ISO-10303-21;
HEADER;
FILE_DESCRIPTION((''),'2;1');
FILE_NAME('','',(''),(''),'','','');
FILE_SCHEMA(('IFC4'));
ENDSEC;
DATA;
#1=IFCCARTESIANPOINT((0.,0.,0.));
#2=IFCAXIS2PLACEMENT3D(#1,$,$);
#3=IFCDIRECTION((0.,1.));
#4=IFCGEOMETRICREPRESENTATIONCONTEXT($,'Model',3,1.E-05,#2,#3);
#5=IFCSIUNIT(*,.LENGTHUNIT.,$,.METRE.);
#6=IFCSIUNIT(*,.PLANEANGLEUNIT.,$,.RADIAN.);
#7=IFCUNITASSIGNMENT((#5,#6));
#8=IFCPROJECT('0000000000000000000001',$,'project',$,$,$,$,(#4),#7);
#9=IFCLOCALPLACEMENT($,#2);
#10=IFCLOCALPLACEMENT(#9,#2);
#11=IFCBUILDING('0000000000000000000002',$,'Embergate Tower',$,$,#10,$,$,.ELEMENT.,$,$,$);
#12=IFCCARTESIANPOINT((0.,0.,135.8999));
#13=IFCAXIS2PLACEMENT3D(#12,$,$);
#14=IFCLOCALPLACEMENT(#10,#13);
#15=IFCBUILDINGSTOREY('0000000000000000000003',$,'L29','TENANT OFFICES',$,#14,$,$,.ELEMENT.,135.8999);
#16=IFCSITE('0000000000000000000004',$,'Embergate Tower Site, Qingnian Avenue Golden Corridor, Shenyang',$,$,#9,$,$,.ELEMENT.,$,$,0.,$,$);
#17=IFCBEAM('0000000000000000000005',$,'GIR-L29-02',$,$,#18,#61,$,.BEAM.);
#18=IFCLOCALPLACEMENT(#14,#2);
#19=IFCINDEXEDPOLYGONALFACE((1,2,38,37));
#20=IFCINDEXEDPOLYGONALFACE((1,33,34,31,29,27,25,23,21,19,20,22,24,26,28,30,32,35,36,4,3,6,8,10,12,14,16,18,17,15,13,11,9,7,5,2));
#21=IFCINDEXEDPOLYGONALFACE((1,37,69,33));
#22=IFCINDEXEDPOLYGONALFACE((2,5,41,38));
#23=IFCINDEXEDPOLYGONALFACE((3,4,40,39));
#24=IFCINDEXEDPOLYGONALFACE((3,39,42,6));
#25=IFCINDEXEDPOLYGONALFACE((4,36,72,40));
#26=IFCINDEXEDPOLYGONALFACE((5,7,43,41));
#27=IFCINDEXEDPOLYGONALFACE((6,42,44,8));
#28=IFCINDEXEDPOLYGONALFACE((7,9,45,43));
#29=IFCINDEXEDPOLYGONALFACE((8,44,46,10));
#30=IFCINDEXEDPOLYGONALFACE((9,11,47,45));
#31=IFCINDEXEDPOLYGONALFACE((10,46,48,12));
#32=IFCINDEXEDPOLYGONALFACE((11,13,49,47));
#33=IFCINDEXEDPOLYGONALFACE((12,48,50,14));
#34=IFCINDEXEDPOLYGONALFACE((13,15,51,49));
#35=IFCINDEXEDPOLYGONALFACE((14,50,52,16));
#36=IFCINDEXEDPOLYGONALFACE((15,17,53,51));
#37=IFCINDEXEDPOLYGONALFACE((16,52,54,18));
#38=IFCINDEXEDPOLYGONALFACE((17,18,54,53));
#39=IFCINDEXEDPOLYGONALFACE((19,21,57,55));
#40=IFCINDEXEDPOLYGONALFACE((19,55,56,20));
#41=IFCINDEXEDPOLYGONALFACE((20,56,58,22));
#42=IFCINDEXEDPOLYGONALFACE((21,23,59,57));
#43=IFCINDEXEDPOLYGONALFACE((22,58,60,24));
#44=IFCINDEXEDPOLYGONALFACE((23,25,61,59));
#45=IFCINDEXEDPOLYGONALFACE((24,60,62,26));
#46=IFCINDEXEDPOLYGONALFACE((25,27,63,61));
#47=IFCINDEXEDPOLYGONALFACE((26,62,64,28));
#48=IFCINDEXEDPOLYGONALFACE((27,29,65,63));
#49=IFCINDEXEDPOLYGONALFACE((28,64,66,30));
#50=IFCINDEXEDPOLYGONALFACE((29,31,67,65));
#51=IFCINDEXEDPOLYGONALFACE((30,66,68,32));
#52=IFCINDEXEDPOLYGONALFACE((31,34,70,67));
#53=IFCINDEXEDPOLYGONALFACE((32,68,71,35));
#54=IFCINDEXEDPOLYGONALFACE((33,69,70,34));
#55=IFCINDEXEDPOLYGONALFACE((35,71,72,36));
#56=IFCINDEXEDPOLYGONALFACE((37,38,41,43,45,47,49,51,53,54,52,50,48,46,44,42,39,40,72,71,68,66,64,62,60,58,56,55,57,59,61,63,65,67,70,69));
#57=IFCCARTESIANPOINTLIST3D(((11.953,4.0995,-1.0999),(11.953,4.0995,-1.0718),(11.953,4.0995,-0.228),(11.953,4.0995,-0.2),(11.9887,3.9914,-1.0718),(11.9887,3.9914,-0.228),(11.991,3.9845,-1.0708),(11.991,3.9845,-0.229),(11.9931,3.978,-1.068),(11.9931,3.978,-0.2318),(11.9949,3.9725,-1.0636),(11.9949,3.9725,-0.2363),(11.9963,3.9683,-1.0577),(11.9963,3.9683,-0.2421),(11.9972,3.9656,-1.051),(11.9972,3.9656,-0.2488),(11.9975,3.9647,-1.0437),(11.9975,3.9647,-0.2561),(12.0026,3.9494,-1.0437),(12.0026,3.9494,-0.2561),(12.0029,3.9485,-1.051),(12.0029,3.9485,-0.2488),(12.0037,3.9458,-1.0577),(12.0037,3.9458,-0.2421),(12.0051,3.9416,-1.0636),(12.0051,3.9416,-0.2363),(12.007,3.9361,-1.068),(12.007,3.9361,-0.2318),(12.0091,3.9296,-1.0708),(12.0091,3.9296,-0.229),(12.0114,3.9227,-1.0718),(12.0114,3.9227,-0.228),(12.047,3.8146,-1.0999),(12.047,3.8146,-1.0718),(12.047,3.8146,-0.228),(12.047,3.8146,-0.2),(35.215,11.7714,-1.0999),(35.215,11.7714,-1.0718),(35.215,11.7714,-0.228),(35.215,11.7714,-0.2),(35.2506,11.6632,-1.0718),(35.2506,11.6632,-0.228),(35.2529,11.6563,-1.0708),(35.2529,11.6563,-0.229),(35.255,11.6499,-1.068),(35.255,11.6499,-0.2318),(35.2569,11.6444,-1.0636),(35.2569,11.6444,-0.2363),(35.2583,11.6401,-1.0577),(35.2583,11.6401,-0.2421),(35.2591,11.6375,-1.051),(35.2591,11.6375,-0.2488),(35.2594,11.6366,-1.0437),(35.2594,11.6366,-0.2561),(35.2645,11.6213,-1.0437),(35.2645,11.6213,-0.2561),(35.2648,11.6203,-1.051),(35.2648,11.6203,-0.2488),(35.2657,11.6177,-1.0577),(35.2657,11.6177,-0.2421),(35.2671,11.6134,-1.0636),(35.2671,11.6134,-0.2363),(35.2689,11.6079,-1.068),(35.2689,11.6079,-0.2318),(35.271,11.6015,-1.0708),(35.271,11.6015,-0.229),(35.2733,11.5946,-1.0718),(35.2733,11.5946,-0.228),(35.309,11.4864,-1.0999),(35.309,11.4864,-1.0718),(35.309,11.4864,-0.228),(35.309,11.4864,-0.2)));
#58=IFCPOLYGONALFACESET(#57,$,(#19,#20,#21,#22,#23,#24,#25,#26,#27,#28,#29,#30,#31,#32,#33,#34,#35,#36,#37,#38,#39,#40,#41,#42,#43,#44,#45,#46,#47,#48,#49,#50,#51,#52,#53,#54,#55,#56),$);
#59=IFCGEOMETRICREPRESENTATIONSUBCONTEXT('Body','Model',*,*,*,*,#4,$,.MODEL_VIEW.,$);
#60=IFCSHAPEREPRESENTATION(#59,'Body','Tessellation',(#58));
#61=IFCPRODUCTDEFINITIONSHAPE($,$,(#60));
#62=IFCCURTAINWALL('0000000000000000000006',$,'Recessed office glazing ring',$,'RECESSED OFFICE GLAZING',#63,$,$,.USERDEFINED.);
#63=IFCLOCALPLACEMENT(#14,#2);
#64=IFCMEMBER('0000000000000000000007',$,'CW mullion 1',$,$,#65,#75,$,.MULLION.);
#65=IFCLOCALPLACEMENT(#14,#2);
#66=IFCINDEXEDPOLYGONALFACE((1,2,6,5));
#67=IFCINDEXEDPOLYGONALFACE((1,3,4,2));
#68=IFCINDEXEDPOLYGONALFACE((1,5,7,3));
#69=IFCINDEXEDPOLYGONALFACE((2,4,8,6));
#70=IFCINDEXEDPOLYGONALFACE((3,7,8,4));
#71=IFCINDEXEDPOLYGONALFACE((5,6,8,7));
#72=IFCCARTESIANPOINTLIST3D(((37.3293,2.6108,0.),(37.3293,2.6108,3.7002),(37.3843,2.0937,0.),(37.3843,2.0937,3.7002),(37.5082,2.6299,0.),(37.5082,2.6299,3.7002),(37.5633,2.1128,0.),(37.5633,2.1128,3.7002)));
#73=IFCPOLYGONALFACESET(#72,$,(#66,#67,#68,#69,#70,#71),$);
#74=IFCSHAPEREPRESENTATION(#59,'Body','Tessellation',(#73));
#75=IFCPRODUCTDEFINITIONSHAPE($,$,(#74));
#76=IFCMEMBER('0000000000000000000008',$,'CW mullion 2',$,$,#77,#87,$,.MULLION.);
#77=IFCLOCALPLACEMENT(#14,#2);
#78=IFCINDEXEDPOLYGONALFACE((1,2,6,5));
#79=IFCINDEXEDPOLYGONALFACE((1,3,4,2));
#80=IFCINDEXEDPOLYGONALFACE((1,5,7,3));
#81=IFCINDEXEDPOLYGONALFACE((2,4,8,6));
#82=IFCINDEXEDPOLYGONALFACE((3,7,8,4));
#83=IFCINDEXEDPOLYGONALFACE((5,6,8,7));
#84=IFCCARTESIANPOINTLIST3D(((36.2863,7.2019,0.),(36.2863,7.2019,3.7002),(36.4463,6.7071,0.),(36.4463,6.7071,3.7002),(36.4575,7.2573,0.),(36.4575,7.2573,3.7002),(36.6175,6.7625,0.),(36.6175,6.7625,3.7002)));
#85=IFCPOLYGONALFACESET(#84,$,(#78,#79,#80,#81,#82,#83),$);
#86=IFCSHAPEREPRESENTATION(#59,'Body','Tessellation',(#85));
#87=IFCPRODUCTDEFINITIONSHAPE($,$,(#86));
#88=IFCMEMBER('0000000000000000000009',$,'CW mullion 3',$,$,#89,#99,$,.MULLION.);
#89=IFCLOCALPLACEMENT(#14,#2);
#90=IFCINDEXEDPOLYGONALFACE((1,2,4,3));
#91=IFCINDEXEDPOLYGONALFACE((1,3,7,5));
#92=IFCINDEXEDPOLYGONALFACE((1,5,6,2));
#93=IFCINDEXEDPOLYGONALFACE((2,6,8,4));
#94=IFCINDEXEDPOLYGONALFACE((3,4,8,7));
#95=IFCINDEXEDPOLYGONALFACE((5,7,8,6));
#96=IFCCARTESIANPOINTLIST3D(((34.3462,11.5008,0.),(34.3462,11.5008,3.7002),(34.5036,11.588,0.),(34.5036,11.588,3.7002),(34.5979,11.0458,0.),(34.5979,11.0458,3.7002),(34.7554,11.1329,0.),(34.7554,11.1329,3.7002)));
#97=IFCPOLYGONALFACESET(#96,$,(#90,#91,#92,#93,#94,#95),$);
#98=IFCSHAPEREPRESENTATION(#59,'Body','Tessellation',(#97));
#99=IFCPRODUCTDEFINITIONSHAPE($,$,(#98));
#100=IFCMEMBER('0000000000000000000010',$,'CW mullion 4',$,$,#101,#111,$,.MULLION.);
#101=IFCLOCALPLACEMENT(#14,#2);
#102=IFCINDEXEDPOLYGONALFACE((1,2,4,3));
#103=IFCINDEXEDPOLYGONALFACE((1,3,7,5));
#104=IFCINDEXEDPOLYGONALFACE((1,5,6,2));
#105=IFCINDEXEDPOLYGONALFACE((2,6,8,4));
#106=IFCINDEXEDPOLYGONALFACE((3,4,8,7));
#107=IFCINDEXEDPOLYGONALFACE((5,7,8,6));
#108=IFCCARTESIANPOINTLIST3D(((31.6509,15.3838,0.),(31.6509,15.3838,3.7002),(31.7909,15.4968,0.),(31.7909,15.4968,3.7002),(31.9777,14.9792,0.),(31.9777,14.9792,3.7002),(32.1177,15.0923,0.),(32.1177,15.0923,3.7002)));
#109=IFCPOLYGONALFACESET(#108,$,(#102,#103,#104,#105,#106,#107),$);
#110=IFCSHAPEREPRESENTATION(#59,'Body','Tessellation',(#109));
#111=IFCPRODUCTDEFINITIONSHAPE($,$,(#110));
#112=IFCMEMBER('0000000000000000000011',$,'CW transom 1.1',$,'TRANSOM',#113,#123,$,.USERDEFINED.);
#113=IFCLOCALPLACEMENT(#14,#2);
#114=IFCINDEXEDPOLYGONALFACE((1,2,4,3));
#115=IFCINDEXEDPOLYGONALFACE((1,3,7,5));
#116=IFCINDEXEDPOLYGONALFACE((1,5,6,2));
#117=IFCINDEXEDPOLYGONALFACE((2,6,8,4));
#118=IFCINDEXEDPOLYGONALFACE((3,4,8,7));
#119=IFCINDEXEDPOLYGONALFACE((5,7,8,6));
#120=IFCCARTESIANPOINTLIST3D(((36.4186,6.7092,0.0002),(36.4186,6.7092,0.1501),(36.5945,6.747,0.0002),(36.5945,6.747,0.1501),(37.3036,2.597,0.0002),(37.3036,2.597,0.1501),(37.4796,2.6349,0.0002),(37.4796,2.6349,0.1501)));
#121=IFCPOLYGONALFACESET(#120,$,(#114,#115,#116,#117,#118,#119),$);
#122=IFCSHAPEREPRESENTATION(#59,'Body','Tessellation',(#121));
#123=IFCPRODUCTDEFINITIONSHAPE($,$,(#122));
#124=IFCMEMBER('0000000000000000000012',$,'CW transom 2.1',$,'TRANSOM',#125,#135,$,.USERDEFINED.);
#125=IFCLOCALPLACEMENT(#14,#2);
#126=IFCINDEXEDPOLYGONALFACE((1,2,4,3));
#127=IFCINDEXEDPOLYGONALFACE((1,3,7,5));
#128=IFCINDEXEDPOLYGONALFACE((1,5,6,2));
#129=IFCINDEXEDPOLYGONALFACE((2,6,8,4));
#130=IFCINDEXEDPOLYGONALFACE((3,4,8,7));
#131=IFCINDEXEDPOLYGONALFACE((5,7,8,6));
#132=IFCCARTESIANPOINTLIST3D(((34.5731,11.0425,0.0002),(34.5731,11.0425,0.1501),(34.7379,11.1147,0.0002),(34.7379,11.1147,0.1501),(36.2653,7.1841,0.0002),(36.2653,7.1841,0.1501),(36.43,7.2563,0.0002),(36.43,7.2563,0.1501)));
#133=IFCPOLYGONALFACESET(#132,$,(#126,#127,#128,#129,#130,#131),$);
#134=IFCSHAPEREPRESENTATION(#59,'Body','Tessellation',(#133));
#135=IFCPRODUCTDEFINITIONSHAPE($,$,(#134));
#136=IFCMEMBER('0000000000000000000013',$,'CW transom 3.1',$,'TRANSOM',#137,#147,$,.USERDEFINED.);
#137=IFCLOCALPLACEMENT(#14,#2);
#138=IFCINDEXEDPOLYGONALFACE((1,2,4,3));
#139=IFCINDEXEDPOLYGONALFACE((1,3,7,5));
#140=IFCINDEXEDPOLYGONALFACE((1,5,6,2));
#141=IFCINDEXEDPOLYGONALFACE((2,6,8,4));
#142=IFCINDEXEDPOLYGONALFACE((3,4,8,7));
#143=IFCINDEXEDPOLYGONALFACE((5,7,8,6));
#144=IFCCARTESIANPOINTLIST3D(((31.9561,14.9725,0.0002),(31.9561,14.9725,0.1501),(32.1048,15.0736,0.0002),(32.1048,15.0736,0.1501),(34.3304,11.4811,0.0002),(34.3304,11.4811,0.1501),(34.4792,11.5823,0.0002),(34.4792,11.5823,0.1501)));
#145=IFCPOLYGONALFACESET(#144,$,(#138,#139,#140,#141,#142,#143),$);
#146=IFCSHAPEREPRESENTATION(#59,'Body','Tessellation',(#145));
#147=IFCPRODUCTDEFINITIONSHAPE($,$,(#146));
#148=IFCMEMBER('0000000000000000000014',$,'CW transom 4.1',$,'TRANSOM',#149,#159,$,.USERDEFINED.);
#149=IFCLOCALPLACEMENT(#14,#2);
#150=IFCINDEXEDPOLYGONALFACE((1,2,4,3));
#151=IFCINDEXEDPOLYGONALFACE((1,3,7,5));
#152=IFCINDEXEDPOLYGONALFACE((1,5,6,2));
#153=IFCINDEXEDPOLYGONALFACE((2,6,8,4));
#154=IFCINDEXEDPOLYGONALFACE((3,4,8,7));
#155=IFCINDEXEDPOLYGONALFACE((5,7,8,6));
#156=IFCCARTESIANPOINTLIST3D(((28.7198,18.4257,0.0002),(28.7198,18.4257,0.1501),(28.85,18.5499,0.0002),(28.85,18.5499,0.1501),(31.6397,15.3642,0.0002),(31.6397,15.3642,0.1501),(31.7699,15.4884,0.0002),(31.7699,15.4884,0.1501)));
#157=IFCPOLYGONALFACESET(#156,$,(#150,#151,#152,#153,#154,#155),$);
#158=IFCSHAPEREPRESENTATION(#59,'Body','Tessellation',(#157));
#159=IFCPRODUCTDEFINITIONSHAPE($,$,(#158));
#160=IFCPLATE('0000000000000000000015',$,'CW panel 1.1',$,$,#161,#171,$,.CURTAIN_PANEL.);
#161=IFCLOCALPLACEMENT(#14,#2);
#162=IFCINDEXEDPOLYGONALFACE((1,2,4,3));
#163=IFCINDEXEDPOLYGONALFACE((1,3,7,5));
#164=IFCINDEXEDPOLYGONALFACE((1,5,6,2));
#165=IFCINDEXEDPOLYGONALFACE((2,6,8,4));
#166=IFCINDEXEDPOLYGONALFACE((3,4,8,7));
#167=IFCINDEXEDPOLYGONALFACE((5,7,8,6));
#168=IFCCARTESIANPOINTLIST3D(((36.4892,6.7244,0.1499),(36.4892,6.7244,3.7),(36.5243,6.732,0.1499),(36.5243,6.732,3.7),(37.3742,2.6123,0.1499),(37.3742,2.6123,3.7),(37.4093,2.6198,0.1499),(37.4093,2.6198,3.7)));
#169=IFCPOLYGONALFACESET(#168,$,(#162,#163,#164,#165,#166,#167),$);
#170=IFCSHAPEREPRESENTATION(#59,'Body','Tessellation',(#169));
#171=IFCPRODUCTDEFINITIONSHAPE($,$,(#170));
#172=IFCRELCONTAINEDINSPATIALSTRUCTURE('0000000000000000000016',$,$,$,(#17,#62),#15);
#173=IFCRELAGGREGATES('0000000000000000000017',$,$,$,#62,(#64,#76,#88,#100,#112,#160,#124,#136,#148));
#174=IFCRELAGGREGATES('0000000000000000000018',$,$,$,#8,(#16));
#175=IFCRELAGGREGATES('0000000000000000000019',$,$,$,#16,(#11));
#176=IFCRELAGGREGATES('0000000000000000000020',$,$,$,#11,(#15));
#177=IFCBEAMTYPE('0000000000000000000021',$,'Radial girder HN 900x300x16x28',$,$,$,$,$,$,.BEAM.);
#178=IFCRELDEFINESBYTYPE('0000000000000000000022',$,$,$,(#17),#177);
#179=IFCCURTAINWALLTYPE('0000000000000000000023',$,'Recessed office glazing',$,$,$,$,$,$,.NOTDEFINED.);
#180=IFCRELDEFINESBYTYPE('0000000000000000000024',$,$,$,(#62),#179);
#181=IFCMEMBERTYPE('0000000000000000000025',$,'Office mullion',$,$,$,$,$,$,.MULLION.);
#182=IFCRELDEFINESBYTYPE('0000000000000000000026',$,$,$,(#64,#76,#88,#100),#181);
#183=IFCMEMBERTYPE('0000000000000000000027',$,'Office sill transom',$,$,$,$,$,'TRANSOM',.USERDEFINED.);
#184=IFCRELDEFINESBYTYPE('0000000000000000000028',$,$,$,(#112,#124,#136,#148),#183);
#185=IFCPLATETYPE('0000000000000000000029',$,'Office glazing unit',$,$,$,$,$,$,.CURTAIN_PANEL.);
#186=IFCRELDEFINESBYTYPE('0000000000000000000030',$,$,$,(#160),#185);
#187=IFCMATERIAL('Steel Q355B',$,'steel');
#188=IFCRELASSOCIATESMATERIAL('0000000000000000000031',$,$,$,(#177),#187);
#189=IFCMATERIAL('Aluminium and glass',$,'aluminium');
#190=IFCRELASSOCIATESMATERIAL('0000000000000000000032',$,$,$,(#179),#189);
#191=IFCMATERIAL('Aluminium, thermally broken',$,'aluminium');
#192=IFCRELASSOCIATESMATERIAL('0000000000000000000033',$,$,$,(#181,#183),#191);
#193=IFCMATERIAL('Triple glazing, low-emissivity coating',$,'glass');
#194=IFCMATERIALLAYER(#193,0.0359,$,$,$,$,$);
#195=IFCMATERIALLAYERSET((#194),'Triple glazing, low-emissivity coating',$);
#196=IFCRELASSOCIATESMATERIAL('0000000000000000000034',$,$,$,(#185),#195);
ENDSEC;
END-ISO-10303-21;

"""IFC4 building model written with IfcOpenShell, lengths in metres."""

from ifc_helpers import new_model, si_unit, direction, frame, origin, origin_2d, place, context, subcontext, project, spatial, rectangle, i_section, extrude, source, transform, mapped, material, layer, layer_set, material_profile, profile_set, type_object, element, aggregate, save


model = new_model("IFC4")

# Units and contexts
model_context = context("Model", 3, precision=1e-05, world=origin(), true_north=direction((0.0, 1.0)))
body_context = subcontext(model_context, "Body", "Model", "MODEL_VIEW")
ifc_project = project(units=[si_unit("LENGTHUNIT", "METRE"), si_unit("PLANEANGLEUNIT", "RADIAN")], contexts=[model_context])

# Site, building, storey
site_placement = place(None, origin())
site = spatial("IfcSite", under=ifc_project, at=site_placement, Name="Embergate Tower Site, Qingnian Avenue Golden Corridor, Shenyang", CompositionType="ELEMENT", RefElevation=0.0)
building_placement = place(site_placement, origin())
building = spatial("IfcBuilding", under=site, at=building_placement, Name="Embergate Tower", CompositionType="ELEMENT")
storey_placement = place(building_placement, frame((0.0, 0.0, 135.8999)))
storey = spatial("IfcBuildingStorey", under=building, at=storey_placement, Name="L29", Description="TENANT OFFICES", CompositionType="ELEMENT", Elevation=135.8999)

# Beam
ifc_material_1 = material(Name="Steel Q355B", Category="steel")
ifc_material_profile_1 = material_profile(ifc_material_1, i_section(OverallWidth=0.3, OverallDepth=0.8999, WebThickness=0.0161, FlangeThickness=0.0281, FilletRadius=0.0281, at=origin_2d()), Name="HN 900x300x16x28")
ifc_profile_set_1 = profile_set([ifc_material_profile_1], Name="Steel Q355 grade B")
beam_type_1 = type_object("IfcBeamType", Name="Radial girder HN 900x300x16x28", PredefinedType="BEAM", material=ifc_profile_set_1)
shared_shape_1 = source(origin(), body_context, "Body", "SweptSolid", [
    extrude(i_section(OverallWidth=0.3, OverallDepth=0.8999, WebThickness=0.0161, FlangeThickness=0.0281, FilletRadius=0.0281, at=origin_2d()), origin(), (0.0, 0.0, 1.0), 24.4944),
])
beam_1_placement = place(storey_placement, frame((35.262, 11.6289, -0.6499), z_axis=(-0.949684, -0.313209, 0.0), x_axis=(0.313209, -0.949684, 0.0)))
element("IfcBeam", 1, at=beam_1_placement, inside=storey, type_object=beam_type_1, Name="GIR-L29-02", PredefinedType="BEAM", context=body_context, shape_type="MappedRepresentation", body=[
    mapped(shared_shape_1, transform((0.0, 0.0, 0.0))),
])

# Curtain wall, members, plate
ifc_material_2 = material(Name="Aluminium and glass", Category="aluminium")
curtain_wall_type = type_object("IfcCurtainWallType", Name="Recessed office glazing", PredefinedType="NOTDEFINED", material=ifc_material_2)
curtain_wall_placement = place(storey_placement, origin())
curtain_wall = element("IfcCurtainWall", 2, at=curtain_wall_placement, inside=storey, type_object=curtain_wall_type, Name="Recessed office glazing ring", ObjectType="RECESSED OFFICE GLAZING", PredefinedType="USERDEFINED")
ifc_material_3 = material(Name="Aluminium, thermally broken", Category="aluminium")
ifc_material_profile_2 = material_profile(ifc_material_3, rectangle(XDim=0.1799, YDim=0.52, at=origin_2d()), Name="AL 520x180")
ifc_profile_set_2 = profile_set([ifc_material_profile_2], Name="Aluminium, thermally broken")
member_type_1 = type_object("IfcMemberType", Name="Office mullion", PredefinedType="MULLION", material=ifc_profile_set_2)
shared_shape_2 = source(origin(), body_context, "Body", "SweptSolid", [
    extrude(rectangle(XDim=0.1799, YDim=0.52, at=origin_2d()), origin(), (0.0, 0.0, 1.0), 3.7002),
])
member_1_placement = place(storey_placement, frame((37.4463, 2.3618, 0.0), z_axis=(0.0, 0.0, 1.0), x_axis=(-0.994385, -0.105823, 0.0)))
member_1 = element("IfcMember", 3, at=member_1_placement, type_object=member_type_1, Name="CW mullion 1", PredefinedType="MULLION", context=body_context, shape_type="MappedRepresentation", body=[
    mapped(shared_shape_2, transform((0.0, 0.0, 0.0))),
])
member_2_placement = place(storey_placement, frame((36.4519, 6.9822, 0.0), z_axis=(0.0, 0.0, 1.0), x_axis=(-0.951498, -0.307656, 0.0)))
member_2 = element("IfcMember", 4, at=member_2_placement, type_object=member_type_1, Name="CW mullion 2", PredefinedType="MULLION", context=body_context, shape_type="MappedRepresentation", body=[
    mapped(shared_shape_2, transform((0.0, 0.0, 0.0))),
])
member_3_placement = place(storey_placement, frame((34.5508, 11.3169, 0.0), z_axis=(0.0, 0.0, 1.0), x_axis=(-0.875002, -0.484119, 0.0)))
member_3 = element("IfcMember", 5, at=member_3_placement, type_object=member_type_1, Name="CW mullion 3", PredefinedType="MULLION", context=body_context, shape_type="MappedRepresentation", body=[
    mapped(shared_shape_2, transform((0.0, 0.0, 0.0))),
])
member_4_placement = place(storey_placement, frame((31.8843, 15.238, 0.0), z_axis=(0.0, 0.0, 1.0), x_axis=(-0.777871, -0.628423, 0.0)))
member_4 = element("IfcMember", 6, at=member_4_placement, type_object=member_type_1, Name="CW mullion 4", PredefinedType="MULLION", context=body_context, shape_type="MappedRepresentation", body=[
    mapped(shared_shape_2, transform((0.0, 0.0, 0.0))),
])
ifc_material_profile_3 = material_profile(ifc_material_3, rectangle(XDim=0.1799, YDim=0.1499, at=origin_2d()), Name="AL 150x180")
ifc_profile_set_3 = profile_set([ifc_material_profile_3], Name="Aluminium, thermally broken")
member_type_2 = type_object("IfcMemberType", Name="Office sill transom", ElementType="TRANSOM", PredefinedType="USERDEFINED", material=ifc_profile_set_3)
shared_shape_3 = source(origin(), body_context, "Body", "SweptSolid", [
    extrude(rectangle(XDim=0.1799, YDim=0.1499, at=origin_2d()), origin(), (0.0, 0.0, 1.0), 4.2063),
])
member_5_placement = place(storey_placement, frame((37.3916, 2.616, 0.0752), z_axis=(-0.210405, 0.977614, 0.0), x_axis=(-0.977614, -0.210405, 0.0)))
member_5 = element("IfcMember", 7, at=member_5_placement, type_object=member_type_2, Name="CW transom 1.1", ObjectType="TRANSOM", PredefinedType="USERDEFINED", context=body_context, shape_type="MappedRepresentation", body=[
    mapped(shared_shape_3, transform((0.0, 0.0, 0.0))),
])
shared_shape_4 = source(origin(), body_context, "Body", "SweptSolid", [
    extrude(rectangle(XDim=0.1799, YDim=0.1499, at=origin_2d()), origin(), (0.0, 0.0, 1.0), 4.2131),
])
member_6_placement = place(storey_placement, frame((36.3477, 7.2202, 0.0752), z_axis=(-0.401633, 0.915801, 0.0), x_axis=(-0.915801, -0.401633, 0.0)))
member_6 = element("IfcMember", 8, at=member_6_placement, type_object=member_type_2, Name="CW transom 2.1", ObjectType="TRANSOM", PredefinedType="USERDEFINED", context=body_context, shape_type="MappedRepresentation", body=[
    mapped(shared_shape_4, transform((0.0, 0.0, 0.0))),
])
shared_shape_5 = source(origin(), body_context, "Body", "SweptSolid", [
    extrude(rectangle(XDim=0.1799, YDim=0.1499, at=origin_2d()), origin(), (0.0, 0.0, 1.0), 4.2222),
])
member_7_placement = place(storey_placement, frame((34.4048, 11.5317, 0.0752), z_axis=(-0.56235, 0.8269, 0.0), x_axis=(-0.8269, -0.56235, 0.0)))
member_7 = element("IfcMember", 9, at=member_7_placement, type_object=member_type_2, Name="CW transom 3.1", ObjectType="TRANSOM", PredefinedType="USERDEFINED", context=body_context, shape_type="MappedRepresentation", body=[
    mapped(shared_shape_5, transform((0.0, 0.0, 0.0))),
])
shared_shape_6 = source(origin(), body_context, "Body", "SweptSolid", [
    extrude(rectangle(XDim=0.1799, YDim=0.1499, at=origin_2d()), origin(), (0.0, 0.0, 1.0), 4.2307),
])
member_8_placement = place(storey_placement, frame((31.7048, 15.4263, 0.0752), z_axis=(-0.690174, 0.723644, 0.0), x_axis=(-0.723644, -0.690174, 0.0)))
member_8 = element("IfcMember", 10, at=member_8_placement, type_object=member_type_2, Name="CW transom 4.1", ObjectType="TRANSOM", PredefinedType="USERDEFINED", context=body_context, shape_type="MappedRepresentation", body=[
    mapped(shared_shape_6, transform((0.0, 0.0, 0.0))),
])
ifc_material_4 = material(Name="Triple glazing, low-emissivity coating", Category="glass")
ifc_layer_1 = layer(ifc_material_4, 0.0359)
ifc_layer_set_1 = layer_set([ifc_layer_1], Name="Triple glazing, low-emissivity coating")
plate_type = type_object("IfcPlateType", Name="Office glazing unit", PredefinedType="CURTAIN_PANEL", material=ifc_layer_set_1)
shared_shape_7 = source(origin(), body_context, "Body", "SweptSolid", [
    extrude(rectangle(XDim=4.2063, YDim=0.0359, at=origin_2d()), origin(), (0.0, 0.0, 1.0), 3.55),
])
plate_1_placement = place(storey_placement, frame((36.9492, 4.6721, 0.1499), z_axis=(0.0, 0.0, 1.0), x_axis=(-0.210398, 0.977616, 0.0)))
plate_1 = element("IfcPlate", 11, at=plate_1_placement, type_object=plate_type, Name="CW panel 1.1", PredefinedType="CURTAIN_PANEL", context=body_context, shape_type="MappedRepresentation", body=[
    mapped(shared_shape_7, transform((0.0, 0.0, 0.0))),
])
aggregate(curtain_wall, [member_1, member_2, member_3, member_4, member_5, plate_1, member_6, member_7, member_8])

save(model, "model.ifc")
